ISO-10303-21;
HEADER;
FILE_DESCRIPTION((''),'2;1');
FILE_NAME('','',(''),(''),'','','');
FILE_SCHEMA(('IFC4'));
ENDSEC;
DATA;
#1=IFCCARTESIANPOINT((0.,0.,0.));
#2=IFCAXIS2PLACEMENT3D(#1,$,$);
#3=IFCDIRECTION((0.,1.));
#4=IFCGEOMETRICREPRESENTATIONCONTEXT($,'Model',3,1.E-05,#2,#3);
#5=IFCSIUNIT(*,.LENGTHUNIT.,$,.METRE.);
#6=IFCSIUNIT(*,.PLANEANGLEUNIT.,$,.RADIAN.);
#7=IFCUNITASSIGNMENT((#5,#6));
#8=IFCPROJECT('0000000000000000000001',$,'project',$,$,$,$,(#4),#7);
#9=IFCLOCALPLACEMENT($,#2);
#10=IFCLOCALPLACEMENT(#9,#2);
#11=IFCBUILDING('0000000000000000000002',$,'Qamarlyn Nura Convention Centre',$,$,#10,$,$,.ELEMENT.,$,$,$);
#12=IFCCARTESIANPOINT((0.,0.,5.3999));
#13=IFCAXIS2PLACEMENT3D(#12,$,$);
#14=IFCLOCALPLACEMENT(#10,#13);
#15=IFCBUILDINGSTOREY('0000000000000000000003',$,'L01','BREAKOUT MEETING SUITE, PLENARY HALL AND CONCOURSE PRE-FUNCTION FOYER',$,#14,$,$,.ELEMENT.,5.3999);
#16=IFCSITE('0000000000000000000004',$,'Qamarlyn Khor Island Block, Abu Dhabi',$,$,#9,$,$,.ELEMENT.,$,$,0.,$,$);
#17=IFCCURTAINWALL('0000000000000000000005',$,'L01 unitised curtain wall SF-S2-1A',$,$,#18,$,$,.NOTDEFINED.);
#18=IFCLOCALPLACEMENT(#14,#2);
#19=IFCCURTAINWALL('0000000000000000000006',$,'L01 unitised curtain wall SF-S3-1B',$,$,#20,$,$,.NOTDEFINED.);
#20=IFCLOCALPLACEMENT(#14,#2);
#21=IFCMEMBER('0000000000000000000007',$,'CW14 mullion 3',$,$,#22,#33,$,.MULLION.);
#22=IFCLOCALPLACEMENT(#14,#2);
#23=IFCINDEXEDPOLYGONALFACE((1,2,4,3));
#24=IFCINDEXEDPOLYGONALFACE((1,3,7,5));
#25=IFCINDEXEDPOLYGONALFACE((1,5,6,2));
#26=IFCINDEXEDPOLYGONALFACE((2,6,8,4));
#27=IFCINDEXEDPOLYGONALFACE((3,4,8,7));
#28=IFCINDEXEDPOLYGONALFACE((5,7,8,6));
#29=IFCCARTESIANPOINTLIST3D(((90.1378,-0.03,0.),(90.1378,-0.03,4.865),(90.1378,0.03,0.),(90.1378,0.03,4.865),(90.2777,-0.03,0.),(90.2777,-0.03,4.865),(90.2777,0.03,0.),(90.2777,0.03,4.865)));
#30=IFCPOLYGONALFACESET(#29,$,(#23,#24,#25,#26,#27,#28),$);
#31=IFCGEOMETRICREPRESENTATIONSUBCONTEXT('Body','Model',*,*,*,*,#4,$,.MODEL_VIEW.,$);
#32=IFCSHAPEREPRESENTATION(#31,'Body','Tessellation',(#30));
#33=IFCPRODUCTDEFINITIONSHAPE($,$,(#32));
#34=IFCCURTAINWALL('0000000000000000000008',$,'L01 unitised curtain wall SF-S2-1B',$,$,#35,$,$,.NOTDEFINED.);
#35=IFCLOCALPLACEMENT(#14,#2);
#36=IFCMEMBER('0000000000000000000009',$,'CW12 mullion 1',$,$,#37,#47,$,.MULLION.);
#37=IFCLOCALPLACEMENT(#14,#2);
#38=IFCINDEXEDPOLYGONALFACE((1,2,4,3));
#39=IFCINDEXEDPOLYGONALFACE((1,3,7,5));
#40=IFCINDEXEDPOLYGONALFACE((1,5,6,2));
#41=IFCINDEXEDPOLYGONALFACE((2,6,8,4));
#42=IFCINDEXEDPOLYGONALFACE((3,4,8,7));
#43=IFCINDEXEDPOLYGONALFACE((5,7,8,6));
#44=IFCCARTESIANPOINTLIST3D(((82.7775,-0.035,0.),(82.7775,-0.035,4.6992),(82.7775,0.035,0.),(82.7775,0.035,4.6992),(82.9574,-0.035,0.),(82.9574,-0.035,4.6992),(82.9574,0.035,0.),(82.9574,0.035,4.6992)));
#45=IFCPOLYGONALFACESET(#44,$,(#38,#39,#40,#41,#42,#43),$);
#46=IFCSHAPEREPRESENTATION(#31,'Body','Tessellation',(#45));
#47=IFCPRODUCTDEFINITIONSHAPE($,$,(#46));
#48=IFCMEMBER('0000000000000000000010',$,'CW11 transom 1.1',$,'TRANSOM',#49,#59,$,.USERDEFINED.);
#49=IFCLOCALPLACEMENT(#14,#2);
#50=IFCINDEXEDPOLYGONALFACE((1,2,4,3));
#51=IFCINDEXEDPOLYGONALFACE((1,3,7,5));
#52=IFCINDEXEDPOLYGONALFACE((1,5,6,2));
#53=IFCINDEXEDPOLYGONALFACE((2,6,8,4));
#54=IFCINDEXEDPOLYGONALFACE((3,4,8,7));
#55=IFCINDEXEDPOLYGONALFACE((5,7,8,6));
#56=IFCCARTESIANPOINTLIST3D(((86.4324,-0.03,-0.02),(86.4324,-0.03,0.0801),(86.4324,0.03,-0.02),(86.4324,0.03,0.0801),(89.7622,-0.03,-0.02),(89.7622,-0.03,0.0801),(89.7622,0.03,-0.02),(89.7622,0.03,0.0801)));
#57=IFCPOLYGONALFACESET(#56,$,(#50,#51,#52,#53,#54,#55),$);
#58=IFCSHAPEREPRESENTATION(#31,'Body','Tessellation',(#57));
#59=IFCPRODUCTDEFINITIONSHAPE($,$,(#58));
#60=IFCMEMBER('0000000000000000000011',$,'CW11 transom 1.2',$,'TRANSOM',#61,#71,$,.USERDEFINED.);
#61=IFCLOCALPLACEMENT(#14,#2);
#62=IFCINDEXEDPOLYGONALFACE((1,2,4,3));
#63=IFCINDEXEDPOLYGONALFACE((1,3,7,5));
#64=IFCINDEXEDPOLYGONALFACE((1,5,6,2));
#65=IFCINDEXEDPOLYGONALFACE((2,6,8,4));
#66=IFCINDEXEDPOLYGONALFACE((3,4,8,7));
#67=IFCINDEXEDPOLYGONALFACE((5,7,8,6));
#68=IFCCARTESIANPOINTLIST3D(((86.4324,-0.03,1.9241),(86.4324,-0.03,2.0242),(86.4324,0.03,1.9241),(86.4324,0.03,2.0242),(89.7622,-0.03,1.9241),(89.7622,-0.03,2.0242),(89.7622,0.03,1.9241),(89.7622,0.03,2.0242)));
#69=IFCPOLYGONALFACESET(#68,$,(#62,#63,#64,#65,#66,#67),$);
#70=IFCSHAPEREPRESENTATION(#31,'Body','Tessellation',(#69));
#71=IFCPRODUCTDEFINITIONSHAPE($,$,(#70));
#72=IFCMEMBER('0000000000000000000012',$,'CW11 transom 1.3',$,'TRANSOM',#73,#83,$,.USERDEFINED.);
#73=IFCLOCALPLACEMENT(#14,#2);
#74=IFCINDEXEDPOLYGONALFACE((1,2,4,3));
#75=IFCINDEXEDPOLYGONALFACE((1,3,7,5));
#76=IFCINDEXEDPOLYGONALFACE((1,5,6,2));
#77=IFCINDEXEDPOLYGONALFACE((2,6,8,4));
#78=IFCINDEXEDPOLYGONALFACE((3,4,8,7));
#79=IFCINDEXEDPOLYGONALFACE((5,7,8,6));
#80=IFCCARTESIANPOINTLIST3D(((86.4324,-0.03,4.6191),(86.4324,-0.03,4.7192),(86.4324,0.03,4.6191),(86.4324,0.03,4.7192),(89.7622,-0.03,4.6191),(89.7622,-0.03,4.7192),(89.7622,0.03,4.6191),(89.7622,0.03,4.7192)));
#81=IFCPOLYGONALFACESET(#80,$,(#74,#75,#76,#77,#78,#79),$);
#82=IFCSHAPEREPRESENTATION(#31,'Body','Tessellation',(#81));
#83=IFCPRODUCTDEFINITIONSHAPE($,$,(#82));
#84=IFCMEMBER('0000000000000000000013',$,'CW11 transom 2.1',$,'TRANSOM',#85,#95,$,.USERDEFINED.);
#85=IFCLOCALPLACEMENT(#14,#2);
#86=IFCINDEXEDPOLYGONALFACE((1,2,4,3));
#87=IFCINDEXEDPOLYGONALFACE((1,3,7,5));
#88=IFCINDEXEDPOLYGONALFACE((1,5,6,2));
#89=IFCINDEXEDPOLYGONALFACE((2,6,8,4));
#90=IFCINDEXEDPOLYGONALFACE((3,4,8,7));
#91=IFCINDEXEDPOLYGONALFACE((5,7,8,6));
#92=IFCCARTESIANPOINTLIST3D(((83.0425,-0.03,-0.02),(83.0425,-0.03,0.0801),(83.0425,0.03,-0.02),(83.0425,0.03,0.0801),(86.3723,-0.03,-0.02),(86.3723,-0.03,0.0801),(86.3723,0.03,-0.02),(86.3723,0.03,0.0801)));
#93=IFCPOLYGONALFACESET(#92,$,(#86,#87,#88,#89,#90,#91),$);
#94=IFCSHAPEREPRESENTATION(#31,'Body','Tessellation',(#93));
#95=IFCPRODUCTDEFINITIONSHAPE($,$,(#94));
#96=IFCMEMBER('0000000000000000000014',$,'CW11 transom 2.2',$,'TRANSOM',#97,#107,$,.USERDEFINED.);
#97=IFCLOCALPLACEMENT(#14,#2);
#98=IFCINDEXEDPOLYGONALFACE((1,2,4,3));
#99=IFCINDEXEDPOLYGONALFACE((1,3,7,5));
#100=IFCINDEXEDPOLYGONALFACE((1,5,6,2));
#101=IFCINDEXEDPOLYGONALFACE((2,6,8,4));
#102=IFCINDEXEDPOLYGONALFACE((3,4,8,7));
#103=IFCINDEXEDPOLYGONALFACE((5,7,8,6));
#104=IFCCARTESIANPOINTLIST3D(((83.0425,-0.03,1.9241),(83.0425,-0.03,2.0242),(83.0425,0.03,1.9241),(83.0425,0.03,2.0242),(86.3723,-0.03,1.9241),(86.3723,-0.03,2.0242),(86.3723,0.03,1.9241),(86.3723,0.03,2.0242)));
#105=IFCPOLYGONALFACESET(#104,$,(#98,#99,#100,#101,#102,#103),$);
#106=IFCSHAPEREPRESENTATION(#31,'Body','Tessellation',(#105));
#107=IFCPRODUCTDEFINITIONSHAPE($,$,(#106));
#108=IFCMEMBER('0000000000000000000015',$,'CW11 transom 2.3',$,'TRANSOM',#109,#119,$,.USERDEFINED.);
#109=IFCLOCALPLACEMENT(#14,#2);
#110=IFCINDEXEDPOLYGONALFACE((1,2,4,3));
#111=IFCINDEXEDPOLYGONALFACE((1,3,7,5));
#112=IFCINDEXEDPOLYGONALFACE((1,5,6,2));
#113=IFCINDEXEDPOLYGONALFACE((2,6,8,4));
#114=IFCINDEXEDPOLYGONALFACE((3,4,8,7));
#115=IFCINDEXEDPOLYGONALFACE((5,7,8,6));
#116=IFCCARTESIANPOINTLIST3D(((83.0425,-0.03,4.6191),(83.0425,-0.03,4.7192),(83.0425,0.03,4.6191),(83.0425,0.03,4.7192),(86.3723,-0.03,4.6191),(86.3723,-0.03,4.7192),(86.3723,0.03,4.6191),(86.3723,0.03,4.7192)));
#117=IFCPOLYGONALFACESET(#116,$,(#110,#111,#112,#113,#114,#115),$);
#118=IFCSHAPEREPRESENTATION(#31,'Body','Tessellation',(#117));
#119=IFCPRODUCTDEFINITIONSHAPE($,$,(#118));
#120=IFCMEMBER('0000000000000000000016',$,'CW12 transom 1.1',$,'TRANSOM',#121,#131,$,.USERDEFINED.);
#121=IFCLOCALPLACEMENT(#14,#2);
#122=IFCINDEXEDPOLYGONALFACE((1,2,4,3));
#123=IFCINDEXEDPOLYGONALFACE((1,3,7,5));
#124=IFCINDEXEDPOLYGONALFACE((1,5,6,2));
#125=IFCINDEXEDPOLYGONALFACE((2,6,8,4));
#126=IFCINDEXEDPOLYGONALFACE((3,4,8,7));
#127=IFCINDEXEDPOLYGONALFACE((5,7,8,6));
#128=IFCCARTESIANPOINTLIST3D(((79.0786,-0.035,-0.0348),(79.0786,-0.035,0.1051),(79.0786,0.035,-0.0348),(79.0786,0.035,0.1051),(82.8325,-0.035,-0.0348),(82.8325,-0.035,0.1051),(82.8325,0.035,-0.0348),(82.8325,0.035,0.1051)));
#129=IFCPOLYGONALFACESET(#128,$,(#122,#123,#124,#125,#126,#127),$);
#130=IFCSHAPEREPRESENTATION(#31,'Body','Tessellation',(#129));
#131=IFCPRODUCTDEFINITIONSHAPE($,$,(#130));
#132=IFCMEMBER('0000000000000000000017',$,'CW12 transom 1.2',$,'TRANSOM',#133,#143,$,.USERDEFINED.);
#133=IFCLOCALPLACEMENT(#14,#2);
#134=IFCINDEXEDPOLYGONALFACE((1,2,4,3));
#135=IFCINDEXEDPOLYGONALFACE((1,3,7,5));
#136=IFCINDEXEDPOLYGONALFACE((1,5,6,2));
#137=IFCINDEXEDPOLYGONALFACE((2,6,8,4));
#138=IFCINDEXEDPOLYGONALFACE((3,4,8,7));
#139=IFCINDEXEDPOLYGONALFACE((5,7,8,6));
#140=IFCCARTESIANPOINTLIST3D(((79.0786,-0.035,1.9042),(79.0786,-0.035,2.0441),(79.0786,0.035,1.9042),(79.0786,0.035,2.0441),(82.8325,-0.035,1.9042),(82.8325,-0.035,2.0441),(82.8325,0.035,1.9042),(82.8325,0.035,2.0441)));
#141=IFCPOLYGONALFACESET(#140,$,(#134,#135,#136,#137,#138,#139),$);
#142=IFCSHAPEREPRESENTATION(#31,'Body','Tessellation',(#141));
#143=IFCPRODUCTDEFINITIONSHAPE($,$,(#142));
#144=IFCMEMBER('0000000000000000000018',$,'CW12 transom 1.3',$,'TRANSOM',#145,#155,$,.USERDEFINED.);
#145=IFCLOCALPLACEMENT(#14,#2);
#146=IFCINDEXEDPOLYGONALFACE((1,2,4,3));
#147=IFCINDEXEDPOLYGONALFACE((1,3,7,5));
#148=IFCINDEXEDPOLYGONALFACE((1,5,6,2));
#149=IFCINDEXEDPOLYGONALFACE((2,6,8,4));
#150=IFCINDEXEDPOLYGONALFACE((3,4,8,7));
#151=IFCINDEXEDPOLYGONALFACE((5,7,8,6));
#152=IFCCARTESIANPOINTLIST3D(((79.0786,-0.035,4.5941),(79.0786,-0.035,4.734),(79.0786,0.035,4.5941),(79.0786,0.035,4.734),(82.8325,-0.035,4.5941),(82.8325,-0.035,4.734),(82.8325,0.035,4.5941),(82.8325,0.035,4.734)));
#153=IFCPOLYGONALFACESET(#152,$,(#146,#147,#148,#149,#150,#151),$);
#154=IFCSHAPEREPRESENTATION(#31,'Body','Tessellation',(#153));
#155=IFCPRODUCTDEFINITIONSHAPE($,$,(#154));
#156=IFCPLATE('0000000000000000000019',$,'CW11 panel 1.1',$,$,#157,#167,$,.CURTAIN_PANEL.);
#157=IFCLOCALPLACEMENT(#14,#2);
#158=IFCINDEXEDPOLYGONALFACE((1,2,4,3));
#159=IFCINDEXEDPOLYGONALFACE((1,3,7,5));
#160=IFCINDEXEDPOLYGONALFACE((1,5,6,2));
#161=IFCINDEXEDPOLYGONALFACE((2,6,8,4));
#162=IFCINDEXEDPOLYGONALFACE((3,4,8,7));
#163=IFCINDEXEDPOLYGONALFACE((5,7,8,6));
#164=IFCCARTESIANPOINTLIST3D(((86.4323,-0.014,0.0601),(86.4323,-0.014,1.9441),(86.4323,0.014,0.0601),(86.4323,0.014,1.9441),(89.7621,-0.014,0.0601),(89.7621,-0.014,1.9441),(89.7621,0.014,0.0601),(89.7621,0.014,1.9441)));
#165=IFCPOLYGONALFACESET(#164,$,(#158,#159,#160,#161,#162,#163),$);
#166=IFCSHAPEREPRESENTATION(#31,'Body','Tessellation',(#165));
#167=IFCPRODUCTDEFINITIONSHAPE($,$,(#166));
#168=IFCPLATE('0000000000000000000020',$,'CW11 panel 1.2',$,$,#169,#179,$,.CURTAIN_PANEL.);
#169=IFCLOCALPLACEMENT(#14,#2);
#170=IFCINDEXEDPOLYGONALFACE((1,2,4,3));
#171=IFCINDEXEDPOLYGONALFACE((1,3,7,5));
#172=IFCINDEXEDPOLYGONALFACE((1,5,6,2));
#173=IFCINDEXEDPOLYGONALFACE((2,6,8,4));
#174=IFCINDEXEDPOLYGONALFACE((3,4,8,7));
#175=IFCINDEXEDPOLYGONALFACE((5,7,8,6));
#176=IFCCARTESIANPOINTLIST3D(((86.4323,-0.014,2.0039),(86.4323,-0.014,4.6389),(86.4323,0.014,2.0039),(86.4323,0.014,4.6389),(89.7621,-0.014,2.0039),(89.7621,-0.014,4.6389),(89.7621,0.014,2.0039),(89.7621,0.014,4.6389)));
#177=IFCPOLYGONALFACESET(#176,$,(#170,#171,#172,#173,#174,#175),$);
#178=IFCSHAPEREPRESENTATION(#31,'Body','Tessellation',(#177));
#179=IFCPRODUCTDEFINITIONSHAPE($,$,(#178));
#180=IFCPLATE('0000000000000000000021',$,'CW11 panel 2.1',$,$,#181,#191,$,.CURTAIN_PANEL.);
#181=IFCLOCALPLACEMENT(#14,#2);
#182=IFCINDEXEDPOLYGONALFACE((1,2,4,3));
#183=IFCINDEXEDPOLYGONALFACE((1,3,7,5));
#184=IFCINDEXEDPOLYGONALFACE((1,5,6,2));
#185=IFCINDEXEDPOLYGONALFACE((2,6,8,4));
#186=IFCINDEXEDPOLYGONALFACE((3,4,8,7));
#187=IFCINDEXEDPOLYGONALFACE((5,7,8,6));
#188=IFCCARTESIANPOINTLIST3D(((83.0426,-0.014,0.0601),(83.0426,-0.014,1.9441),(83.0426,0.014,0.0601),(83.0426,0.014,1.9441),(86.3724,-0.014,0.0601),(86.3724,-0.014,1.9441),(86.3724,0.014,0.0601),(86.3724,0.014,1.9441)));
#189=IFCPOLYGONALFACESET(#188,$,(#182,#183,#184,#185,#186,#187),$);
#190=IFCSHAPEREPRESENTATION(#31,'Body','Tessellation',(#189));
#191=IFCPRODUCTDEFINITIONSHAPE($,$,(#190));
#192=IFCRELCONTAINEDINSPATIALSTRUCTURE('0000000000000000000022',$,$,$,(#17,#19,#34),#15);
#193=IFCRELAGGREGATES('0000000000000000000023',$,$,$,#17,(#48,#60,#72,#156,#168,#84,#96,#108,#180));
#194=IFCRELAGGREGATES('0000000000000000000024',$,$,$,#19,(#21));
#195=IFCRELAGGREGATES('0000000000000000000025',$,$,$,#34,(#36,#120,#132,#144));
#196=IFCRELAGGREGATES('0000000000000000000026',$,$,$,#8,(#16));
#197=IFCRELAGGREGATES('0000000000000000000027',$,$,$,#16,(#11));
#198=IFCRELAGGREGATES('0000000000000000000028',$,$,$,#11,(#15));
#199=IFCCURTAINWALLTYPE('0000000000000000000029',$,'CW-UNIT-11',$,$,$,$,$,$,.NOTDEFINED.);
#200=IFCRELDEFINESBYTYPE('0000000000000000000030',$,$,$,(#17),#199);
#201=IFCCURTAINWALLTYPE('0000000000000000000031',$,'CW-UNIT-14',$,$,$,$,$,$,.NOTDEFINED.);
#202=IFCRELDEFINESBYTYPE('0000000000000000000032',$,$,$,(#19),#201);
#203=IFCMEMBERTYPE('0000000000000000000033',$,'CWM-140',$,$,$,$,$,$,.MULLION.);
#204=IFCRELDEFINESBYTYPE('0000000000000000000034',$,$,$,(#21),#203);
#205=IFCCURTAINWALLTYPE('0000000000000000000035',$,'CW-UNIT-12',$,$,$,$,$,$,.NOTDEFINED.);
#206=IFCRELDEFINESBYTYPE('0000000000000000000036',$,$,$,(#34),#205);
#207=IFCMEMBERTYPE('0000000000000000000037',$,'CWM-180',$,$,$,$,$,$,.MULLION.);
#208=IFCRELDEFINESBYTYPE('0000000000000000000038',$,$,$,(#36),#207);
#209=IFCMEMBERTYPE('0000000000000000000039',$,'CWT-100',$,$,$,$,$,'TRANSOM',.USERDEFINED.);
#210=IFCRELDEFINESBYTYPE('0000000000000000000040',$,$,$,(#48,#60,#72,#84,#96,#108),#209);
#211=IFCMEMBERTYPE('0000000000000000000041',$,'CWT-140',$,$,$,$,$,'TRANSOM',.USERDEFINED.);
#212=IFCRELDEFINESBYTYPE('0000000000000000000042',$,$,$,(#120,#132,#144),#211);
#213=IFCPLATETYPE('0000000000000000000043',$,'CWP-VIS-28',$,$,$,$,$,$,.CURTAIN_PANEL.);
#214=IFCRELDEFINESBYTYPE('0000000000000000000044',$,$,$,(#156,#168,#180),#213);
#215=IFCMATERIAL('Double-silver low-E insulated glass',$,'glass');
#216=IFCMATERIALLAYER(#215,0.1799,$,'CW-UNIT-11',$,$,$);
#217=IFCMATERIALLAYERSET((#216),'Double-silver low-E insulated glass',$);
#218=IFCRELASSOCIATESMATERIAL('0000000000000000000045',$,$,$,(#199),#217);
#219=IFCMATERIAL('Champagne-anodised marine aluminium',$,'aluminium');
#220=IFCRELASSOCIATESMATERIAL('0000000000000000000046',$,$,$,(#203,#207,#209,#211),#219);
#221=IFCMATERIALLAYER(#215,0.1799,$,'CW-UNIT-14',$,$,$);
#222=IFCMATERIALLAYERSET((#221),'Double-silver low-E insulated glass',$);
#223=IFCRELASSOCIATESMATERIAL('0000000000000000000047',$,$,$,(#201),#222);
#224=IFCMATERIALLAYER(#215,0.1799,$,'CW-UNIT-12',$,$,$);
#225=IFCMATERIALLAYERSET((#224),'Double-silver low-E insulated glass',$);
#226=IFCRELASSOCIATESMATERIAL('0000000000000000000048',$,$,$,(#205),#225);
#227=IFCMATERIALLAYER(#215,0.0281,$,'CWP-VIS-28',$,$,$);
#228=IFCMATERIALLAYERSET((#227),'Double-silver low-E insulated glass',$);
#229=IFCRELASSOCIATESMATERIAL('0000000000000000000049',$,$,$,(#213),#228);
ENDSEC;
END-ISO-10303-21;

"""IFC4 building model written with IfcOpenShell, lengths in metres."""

from ifc_helpers import new_model, si_unit, direction, frame, origin, origin_2d, place, context, subcontext, project, spatial, rectangle, extrude, material, layer, layer_set, material_profile, profile_set, type_object, element, aggregate, save


model = new_model("IFC4")

# Units and contexts
model_context = context("Model", 3, precision=1e-05, world=origin(), true_north=direction((0.0, 1.0)))
body_context = subcontext(model_context, "Body", "Model", "MODEL_VIEW")
ifc_project = project(units=[si_unit("LENGTHUNIT", "METRE"), si_unit("PLANEANGLEUNIT", "RADIAN")], contexts=[model_context])

# Site, building, storey
site_placement = place(None, origin())
site = spatial("IfcSite", under=ifc_project, at=site_placement, Name="Qamarlyn Khor Island Block, Abu Dhabi", CompositionType="ELEMENT", RefElevation=0.0)
building_placement = place(site_placement, origin())
building = spatial("IfcBuilding", under=site, at=building_placement, Name="Qamarlyn Nura Convention Centre", CompositionType="ELEMENT")
storey_placement = place(building_placement, frame((0.0, 0.0, 5.3999)))
storey = spatial("IfcBuildingStorey", under=building, at=storey_placement, Name="L01", Description="BREAKOUT MEETING SUITE, PLENARY HALL AND CONCOURSE PRE-FUNCTION FOYER", CompositionType="ELEMENT", Elevation=5.3999)

# Curtain wall
ifc_material_1 = material(Name="Double-silver low-E insulated glass", Category="glass")
ifc_layer_1 = layer(ifc_material_1, 0.1799, Name="CW-UNIT-11")
ifc_layer_set_1 = layer_set([ifc_layer_1], Name="Double-silver low-E insulated glass")
curtain_wall_type_1 = type_object("IfcCurtainWallType", Name="CW-UNIT-11", PredefinedType="NOTDEFINED", material=ifc_layer_set_1)
curtain_wall_1_placement = place(storey_placement, origin())
curtain_wall_1 = element("IfcCurtainWall", 1, at=curtain_wall_1_placement, inside=storey, type_object=curtain_wall_type_1, Name="L01 unitised curtain wall SF-S2-1A", PredefinedType="NOTDEFINED")
ifc_material_2 = material(Name="Champagne-anodised marine aluminium", Category="aluminium")
ifc_material_profile_1 = material_profile(ifc_material_2, rectangle(XDim=0.0601, YDim=0.1399, at=origin_2d()), Name="ALU MULLION 60x140")
ifc_profile_set_1 = profile_set([ifc_material_profile_1], Name="Champagne-anodised marine aluminium")
member_type_1 = type_object("IfcMemberType", Name="CWM-140", PredefinedType="MULLION", material=ifc_profile_set_1)

# Curtain walls, members
ifc_layer_2 = layer(ifc_material_1, 0.1799, Name="CW-UNIT-14")
ifc_layer_set_2 = layer_set([ifc_layer_2], Name="Double-silver low-E insulated glass")
curtain_wall_type_2 = type_object("IfcCurtainWallType", Name="CW-UNIT-14", PredefinedType="NOTDEFINED", material=ifc_layer_set_2)
curtain_wall_2_placement = place(storey_placement, origin())
curtain_wall_2 = element("IfcCurtainWall", 2, at=curtain_wall_2_placement, inside=storey, type_object=curtain_wall_type_2, Name="L01 unitised curtain wall SF-S3-1B", PredefinedType="NOTDEFINED")
member_1_placement = place(storey_placement, frame((90.2078, 0.0, 0.0), z_axis=(0.0, 0.0, 1.0), x_axis=(0.0, -1.0, 0.0)))
member_1 = element("IfcMember", 3, at=member_1_placement, type_object=member_type_1, Name="CW14 mullion 3", PredefinedType="MULLION", context=body_context, shape_type="SweptSolid", body=[
    extrude(rectangle(XDim=0.0601, YDim=0.1399, at=origin_2d()), origin(), (0.0, 0.0, 1.0), 4.865),
])
ifc_layer_3 = layer(ifc_material_1, 0.1799, Name="CW-UNIT-12")
ifc_layer_set_3 = layer_set([ifc_layer_3], Name="Double-silver low-E insulated glass")
curtain_wall_type_3 = type_object("IfcCurtainWallType", Name="CW-UNIT-12", PredefinedType="NOTDEFINED", material=ifc_layer_set_3)
curtain_wall_3_placement = place(storey_placement, origin())
curtain_wall_3 = element("IfcCurtainWall", 4, at=curtain_wall_3_placement, inside=storey, type_object=curtain_wall_type_3, Name="L01 unitised curtain wall SF-S2-1B", PredefinedType="NOTDEFINED")
ifc_material_profile_2 = material_profile(ifc_material_2, rectangle(XDim=0.0701, YDim=0.1799, at=origin_2d()), Name="ALU MULLION 70x180")
ifc_profile_set_2 = profile_set([ifc_material_profile_2], Name="Champagne-anodised marine aluminium")
member_type_2 = type_object("IfcMemberType", Name="CWM-180", PredefinedType="MULLION", material=ifc_profile_set_2)
member_2_placement = place(storey_placement, frame((82.8674, 0.0, 0.0), z_axis=(0.0, 0.0, 1.0), x_axis=(0.0, -1.0, 0.0)))
member_2 = element("IfcMember", 5, at=member_2_placement, type_object=member_type_2, Name="CW12 mullion 1", PredefinedType="MULLION", context=body_context, shape_type="SweptSolid", body=[
    extrude(rectangle(XDim=0.0701, YDim=0.1799, at=origin_2d()), origin(), (0.0, 0.0, 1.0), 4.6992),
])

# Members
ifc_material_profile_3 = material_profile(ifc_material_2, rectangle(XDim=0.0601, YDim=0.1001, at=origin_2d()), Name="ALU TRANSOM 60x100")
ifc_profile_set_3 = profile_set([ifc_material_profile_3], Name="Champagne-anodised marine aluminium")
member_type_3 = type_object("IfcMemberType", Name="CWT-100", ElementType="TRANSOM", PredefinedType="USERDEFINED", material=ifc_profile_set_3)
member_3_placement = place(storey_placement, frame((89.7622, 0.0, 0.03), z_axis=(-1.0, 0.0, 0.0), x_axis=(0.0, -1.0, 0.0)))
member_3 = element("IfcMember", 6, at=member_3_placement, type_object=member_type_3, Name="CW11 transom 1.1", ObjectType="TRANSOM", PredefinedType="USERDEFINED", context=body_context, shape_type="SweptSolid", body=[
    extrude(rectangle(XDim=0.0601, YDim=0.1001, at=origin_2d()), origin(), (0.0, 0.0, 1.0), 3.3298),
])
member_4_placement = place(storey_placement, frame((89.7622, 0.0, 1.9741), z_axis=(-1.0, 0.0, 0.0), x_axis=(0.0, -1.0, 0.0)))
member_4 = element("IfcMember", 7, at=member_4_placement, type_object=member_type_3, Name="CW11 transom 1.2", ObjectType="TRANSOM", PredefinedType="USERDEFINED", context=body_context, shape_type="SweptSolid", body=[
    extrude(rectangle(XDim=0.0601, YDim=0.1001, at=origin_2d()), origin(), (0.0, 0.0, 1.0), 3.3298),
])
member_5_placement = place(storey_placement, frame((89.7622, 0.0, 4.6692), z_axis=(-1.0, 0.0, 0.0), x_axis=(0.0, -1.0, 0.0)))
member_5 = element("IfcMember", 8, at=member_5_placement, type_object=member_type_3, Name="CW11 transom 1.3", ObjectType="TRANSOM", PredefinedType="USERDEFINED", context=body_context, shape_type="SweptSolid", body=[
    extrude(rectangle(XDim=0.0601, YDim=0.1001, at=origin_2d()), origin(), (0.0, 0.0, 1.0), 3.3298),
])
member_6_placement = place(storey_placement, frame((86.3723, 0.0, 0.03), z_axis=(-1.0, 0.0, 0.0), x_axis=(0.0, -1.0, 0.0)))
member_6 = element("IfcMember", 9, at=member_6_placement, type_object=member_type_3, Name="CW11 transom 2.1", ObjectType="TRANSOM", PredefinedType="USERDEFINED", context=body_context, shape_type="SweptSolid", body=[
    extrude(rectangle(XDim=0.0601, YDim=0.1001, at=origin_2d()), origin(), (0.0, 0.0, 1.0), 3.3298),
])
member_7_placement = place(storey_placement, frame((86.3723, 0.0, 1.9741), z_axis=(-1.0, 0.0, 0.0), x_axis=(0.0, -1.0, 0.0)))
member_7 = element("IfcMember", 10, at=member_7_placement, type_object=member_type_3, Name="CW11 transom 2.2", ObjectType="TRANSOM", PredefinedType="USERDEFINED", context=body_context, shape_type="SweptSolid", body=[
    extrude(rectangle(XDim=0.0601, YDim=0.1001, at=origin_2d()), origin(), (0.0, 0.0, 1.0), 3.3298),
])
member_8_placement = place(storey_placement, frame((86.3723, 0.0, 4.6692), z_axis=(-1.0, 0.0, 0.0), x_axis=(0.0, -1.0, 0.0)))
member_8 = element("IfcMember", 11, at=member_8_placement, type_object=member_type_3, Name="CW11 transom 2.3", ObjectType="TRANSOM", PredefinedType="USERDEFINED", context=body_context, shape_type="SweptSolid", body=[
    extrude(rectangle(XDim=0.0601, YDim=0.1001, at=origin_2d()), origin(), (0.0, 0.0, 1.0), 3.3298),
])
ifc_material_profile_4 = material_profile(ifc_material_2, rectangle(XDim=0.0701, YDim=0.1399, at=origin_2d()), Name="ALU TRANSOM 70x140")
ifc_profile_set_4 = profile_set([ifc_material_profile_4], Name="Champagne-anodised marine aluminium")
member_type_4 = type_object("IfcMemberType", Name="CWT-140", ElementType="TRANSOM", PredefinedType="USERDEFINED", material=ifc_profile_set_4)
member_9_placement = place(storey_placement, frame((82.8325, 0.0, 0.0352), z_axis=(-1.0, 0.0, 0.0), x_axis=(0.0, -1.0, 0.0)))
member_9 = element("IfcMember", 12, at=member_9_placement, type_object=member_type_4, Name="CW12 transom 1.1", ObjectType="TRANSOM", PredefinedType="USERDEFINED", context=body_context, shape_type="SweptSolid", body=[
    extrude(rectangle(XDim=0.0701, YDim=0.1399, at=origin_2d()), origin(), (0.0, 0.0, 1.0), 3.7539),
])
member_10_placement = place(storey_placement, frame((82.8325, 0.0, 1.9741), z_axis=(-1.0, 0.0, 0.0), x_axis=(0.0, -1.0, 0.0)))
member_10 = element("IfcMember", 13, at=member_10_placement, type_object=member_type_4, Name="CW12 transom 1.2", ObjectType="TRANSOM", PredefinedType="USERDEFINED", context=body_context, shape_type="SweptSolid", body=[
    extrude(rectangle(XDim=0.0701, YDim=0.1399, at=origin_2d()), origin(), (0.0, 0.0, 1.0), 3.7539),
])
member_11_placement = place(storey_placement, frame((82.8325, 0.0, 4.6641), z_axis=(-1.0, 0.0, 0.0), x_axis=(0.0, -1.0, 0.0)))
member_11 = element("IfcMember", 14, at=member_11_placement, type_object=member_type_4, Name="CW12 transom 1.3", ObjectType="TRANSOM", PredefinedType="USERDEFINED", context=body_context, shape_type="SweptSolid", body=[
    extrude(rectangle(XDim=0.0701, YDim=0.1399, at=origin_2d()), origin(), (0.0, 0.0, 1.0), 3.7539),
])

# Plates
ifc_layer_4 = layer(ifc_material_1, 0.0281, Name="CWP-VIS-28")
ifc_layer_set_4 = layer_set([ifc_layer_4], Name="Double-silver low-E insulated glass")
plate_type_1 = type_object("IfcPlateType", Name="CWP-VIS-28", PredefinedType="CURTAIN_PANEL", material=ifc_layer_set_4)
plate_1_placement = place(storey_placement, frame((88.0972, 0.0, 0.0601), z_axis=(0.0, 0.0, 1.0), x_axis=(-1.0, 0.0, 0.0)))
plate_1 = element("IfcPlate", 15, at=plate_1_placement, type_object=plate_type_1, Name="CW11 panel 1.1", PredefinedType="CURTAIN_PANEL", context=body_context, shape_type="SweptSolid", body=[
    extrude(rectangle(XDim=3.3298, YDim=0.0281, at=origin_2d()), origin(), (0.0, 0.0, 1.0), 1.884),
])
plate_2_placement = place(storey_placement, frame((88.0972, 0.0, 2.0039), z_axis=(0.0, 0.0, 1.0), x_axis=(-1.0, 0.0, 0.0)))
plate_2 = element("IfcPlate", 16, at=plate_2_placement, type_object=plate_type_1, Name="CW11 panel 1.2", PredefinedType="CURTAIN_PANEL", context=body_context, shape_type="SweptSolid", body=[
    extrude(rectangle(XDim=3.3298, YDim=0.0281, at=origin_2d()), origin(), (0.0, 0.0, 1.0), 2.635),
])
plate_3_placement = place(storey_placement, frame((84.7075, 0.0, 0.0601), z_axis=(0.0, 0.0, 1.0), x_axis=(-1.0, 0.0, 0.0)))
plate_3 = element("IfcPlate", 17, at=plate_3_placement, type_object=plate_type_1, Name="CW11 panel 2.1", PredefinedType="CURTAIN_PANEL", context=body_context, shape_type="SweptSolid", body=[
    extrude(rectangle(XDim=3.3298, YDim=0.0281, at=origin_2d()), origin(), (0.0, 0.0, 1.0), 1.884),
])
aggregate(curtain_wall_1, [member_3, member_4, member_5, plate_1, plate_2, member_6, member_7, member_8, plate_3])
aggregate(curtain_wall_2, [member_1])
aggregate(curtain_wall_3, [member_2, member_9, member_10, member_11])

save(model, "model.ifc")
